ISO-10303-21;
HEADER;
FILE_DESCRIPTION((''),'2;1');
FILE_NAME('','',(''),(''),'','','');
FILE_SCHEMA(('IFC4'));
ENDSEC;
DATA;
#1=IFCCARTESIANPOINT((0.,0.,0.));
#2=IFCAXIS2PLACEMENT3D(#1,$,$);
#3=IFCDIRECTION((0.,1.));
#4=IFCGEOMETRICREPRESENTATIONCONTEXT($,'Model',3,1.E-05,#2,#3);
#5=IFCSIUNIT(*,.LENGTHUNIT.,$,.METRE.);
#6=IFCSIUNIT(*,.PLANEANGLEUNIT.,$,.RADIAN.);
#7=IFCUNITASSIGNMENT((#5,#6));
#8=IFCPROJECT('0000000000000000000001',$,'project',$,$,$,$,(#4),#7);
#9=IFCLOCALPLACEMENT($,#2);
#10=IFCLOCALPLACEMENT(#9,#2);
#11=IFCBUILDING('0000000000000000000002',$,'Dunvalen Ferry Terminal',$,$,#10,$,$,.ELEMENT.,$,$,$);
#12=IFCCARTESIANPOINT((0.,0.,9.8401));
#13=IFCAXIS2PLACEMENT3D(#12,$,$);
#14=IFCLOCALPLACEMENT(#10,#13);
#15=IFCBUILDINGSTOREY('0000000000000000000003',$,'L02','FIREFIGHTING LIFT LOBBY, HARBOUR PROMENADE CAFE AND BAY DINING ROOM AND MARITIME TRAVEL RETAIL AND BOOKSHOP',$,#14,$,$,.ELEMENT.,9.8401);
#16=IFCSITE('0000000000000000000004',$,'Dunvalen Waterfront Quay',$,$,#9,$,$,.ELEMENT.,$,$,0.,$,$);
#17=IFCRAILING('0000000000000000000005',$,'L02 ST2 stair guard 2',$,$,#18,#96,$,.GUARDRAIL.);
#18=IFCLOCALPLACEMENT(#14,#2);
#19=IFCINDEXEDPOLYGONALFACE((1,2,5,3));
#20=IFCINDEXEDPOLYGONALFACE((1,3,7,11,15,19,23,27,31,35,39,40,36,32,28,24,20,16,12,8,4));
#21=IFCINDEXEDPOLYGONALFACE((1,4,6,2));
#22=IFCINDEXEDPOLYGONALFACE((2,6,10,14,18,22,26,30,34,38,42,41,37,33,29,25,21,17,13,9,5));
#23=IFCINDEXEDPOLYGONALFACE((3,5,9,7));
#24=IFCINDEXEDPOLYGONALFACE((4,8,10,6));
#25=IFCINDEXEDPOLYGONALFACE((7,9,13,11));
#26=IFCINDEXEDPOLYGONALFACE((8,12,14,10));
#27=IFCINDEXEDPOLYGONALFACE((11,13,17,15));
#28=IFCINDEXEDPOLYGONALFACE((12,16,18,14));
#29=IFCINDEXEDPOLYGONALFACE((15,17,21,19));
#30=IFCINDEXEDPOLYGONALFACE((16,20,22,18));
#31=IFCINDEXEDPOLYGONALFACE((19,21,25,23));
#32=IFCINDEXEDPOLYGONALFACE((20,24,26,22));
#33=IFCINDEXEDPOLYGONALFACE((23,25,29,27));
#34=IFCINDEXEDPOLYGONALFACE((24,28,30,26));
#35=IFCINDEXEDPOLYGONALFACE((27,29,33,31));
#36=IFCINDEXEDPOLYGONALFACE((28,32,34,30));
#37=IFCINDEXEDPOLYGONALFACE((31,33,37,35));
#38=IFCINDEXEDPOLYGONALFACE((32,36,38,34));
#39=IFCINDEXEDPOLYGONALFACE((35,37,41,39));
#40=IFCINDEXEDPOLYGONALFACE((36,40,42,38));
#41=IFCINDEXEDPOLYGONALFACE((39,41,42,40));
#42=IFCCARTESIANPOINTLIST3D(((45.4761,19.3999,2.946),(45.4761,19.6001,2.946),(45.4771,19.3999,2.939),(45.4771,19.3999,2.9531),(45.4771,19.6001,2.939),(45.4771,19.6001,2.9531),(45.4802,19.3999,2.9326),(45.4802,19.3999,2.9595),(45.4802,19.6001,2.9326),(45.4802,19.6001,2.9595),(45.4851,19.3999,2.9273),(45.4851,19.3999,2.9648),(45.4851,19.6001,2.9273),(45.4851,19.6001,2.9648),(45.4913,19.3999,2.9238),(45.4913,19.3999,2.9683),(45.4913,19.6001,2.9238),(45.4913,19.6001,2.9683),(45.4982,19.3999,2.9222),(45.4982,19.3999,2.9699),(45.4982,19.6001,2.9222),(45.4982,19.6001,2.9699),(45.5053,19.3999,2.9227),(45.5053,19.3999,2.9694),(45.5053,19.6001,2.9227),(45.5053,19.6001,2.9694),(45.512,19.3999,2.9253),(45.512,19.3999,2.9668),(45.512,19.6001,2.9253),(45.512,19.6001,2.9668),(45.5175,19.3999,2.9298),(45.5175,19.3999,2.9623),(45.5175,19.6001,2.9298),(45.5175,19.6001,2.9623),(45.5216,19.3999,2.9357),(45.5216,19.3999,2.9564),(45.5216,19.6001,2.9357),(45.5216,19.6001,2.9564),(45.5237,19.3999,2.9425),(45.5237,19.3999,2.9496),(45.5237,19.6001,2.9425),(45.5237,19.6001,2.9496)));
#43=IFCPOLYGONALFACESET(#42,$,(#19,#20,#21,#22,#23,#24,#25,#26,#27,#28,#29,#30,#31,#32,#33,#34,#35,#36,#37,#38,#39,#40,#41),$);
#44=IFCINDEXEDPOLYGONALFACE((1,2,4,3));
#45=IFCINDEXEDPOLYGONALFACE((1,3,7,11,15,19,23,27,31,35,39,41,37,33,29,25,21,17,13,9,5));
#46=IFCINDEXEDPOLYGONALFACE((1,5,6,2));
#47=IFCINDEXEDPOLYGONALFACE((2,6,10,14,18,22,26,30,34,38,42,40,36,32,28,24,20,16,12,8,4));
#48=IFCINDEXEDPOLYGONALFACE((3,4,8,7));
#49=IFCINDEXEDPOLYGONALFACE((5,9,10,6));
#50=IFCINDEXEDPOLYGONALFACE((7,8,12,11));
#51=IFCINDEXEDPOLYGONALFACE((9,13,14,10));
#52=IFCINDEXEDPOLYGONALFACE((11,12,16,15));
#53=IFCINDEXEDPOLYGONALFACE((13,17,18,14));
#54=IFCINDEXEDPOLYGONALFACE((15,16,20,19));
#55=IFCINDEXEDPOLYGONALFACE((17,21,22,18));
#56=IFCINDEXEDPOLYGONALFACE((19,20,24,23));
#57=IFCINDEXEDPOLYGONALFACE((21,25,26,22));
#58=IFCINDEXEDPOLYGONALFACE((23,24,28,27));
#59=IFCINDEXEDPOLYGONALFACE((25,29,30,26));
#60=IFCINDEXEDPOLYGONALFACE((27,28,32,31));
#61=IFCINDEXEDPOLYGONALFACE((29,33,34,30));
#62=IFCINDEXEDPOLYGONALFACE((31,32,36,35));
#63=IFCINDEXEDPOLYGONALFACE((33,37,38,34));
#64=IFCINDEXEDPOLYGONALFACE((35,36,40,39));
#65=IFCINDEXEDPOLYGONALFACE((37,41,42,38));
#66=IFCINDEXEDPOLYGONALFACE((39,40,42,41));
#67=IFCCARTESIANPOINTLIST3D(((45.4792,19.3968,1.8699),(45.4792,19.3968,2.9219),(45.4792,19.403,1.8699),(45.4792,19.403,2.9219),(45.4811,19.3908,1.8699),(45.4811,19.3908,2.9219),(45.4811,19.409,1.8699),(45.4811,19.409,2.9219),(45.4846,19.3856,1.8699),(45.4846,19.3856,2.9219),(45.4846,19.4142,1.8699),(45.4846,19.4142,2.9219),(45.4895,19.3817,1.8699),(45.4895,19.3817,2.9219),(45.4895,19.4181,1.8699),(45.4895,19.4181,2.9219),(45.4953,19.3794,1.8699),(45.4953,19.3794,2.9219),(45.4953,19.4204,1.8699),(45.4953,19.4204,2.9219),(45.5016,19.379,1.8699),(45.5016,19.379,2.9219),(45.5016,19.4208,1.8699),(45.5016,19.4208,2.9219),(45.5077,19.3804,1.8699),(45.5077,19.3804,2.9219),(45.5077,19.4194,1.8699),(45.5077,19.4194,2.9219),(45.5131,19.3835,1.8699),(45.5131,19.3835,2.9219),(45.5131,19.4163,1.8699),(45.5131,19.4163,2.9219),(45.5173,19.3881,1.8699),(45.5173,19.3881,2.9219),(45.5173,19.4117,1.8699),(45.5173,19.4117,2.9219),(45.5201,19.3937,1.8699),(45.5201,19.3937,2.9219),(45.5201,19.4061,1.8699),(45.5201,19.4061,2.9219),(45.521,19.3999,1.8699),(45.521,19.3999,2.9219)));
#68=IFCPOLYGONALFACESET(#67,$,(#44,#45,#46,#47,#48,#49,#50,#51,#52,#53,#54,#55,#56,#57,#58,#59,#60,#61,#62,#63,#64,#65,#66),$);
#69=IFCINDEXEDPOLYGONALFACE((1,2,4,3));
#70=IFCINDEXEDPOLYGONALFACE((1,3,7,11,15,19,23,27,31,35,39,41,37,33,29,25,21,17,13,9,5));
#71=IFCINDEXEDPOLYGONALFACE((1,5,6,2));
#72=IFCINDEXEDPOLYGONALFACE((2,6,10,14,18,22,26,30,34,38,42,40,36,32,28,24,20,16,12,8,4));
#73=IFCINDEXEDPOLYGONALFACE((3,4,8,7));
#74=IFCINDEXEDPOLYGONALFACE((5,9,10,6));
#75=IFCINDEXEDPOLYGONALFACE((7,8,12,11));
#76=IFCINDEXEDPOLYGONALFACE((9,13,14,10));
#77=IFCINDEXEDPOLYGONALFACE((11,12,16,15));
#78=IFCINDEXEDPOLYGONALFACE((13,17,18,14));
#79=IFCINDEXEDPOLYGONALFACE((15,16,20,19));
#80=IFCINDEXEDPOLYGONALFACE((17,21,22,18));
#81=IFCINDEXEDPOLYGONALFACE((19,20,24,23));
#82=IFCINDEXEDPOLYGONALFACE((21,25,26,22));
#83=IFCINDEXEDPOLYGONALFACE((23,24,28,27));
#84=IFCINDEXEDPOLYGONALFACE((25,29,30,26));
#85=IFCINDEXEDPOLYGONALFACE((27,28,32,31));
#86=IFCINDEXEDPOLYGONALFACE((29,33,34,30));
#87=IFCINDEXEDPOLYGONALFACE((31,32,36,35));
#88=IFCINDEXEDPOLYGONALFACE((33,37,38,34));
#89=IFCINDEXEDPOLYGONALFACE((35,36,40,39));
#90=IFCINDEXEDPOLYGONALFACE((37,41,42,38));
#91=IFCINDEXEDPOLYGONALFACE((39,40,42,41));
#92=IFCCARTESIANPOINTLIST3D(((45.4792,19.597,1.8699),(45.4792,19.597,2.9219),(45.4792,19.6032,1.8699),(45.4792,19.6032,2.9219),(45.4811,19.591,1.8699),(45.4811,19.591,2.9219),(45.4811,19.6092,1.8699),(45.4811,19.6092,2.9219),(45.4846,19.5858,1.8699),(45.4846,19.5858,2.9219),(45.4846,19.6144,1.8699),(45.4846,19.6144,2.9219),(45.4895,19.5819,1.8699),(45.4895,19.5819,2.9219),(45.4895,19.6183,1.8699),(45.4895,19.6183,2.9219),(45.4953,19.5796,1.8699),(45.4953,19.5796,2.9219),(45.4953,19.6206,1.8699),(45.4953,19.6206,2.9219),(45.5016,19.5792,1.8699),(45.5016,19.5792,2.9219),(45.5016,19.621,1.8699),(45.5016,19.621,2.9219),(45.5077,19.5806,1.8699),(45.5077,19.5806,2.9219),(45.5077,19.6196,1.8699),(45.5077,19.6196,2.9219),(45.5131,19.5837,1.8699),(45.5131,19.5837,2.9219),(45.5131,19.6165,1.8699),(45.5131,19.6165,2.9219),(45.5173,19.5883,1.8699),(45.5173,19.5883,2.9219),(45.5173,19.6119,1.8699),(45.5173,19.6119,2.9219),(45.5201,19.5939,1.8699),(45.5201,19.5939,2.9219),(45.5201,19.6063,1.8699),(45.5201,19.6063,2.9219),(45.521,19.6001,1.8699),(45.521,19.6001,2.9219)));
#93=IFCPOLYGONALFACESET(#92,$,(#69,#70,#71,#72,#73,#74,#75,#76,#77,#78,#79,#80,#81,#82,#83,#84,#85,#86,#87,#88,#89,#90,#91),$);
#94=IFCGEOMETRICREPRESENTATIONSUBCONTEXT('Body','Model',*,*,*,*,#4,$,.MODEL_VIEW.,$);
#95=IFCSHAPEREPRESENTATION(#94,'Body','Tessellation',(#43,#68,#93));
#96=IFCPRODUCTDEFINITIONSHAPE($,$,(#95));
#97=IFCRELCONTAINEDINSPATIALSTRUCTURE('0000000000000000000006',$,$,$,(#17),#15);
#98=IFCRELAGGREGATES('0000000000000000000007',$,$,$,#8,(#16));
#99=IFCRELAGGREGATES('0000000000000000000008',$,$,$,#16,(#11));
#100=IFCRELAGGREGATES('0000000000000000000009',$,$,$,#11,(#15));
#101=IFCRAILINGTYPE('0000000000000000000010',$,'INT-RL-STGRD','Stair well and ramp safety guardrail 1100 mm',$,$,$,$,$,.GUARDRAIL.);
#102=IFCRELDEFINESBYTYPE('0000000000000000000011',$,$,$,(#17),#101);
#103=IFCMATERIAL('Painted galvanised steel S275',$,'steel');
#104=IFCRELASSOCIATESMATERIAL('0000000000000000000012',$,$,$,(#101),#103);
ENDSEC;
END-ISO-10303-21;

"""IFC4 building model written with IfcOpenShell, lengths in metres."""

from ifc_helpers import new_model, si_unit, direction, frame, origin, origin_2d, place, context, subcontext, project, spatial, circle, extrude, material, type_object, element, save


model = new_model("IFC4")

# Units and contexts
model_context = context("Model", 3, precision=1e-05, world=origin(), true_north=direction((0.0, 1.0)))
body_context = subcontext(model_context, "Body", "Model", "MODEL_VIEW")
ifc_project = project(units=[si_unit("LENGTHUNIT", "METRE"), si_unit("PLANEANGLEUNIT", "RADIAN")], contexts=[model_context])

# Site, building, storey
site_placement = place(None, origin())
site = spatial("IfcSite", under=ifc_project, at=site_placement, Name="Dunvalen Waterfront Quay", CompositionType="ELEMENT", RefElevation=0.0)
building_placement = place(site_placement, origin())
building = spatial("IfcBuilding", under=site, at=building_placement, Name="Dunvalen Ferry Terminal", CompositionType="ELEMENT")
storey_placement = place(building_placement, frame((0.0, 0.0, 9.8401)))
storey = spatial("IfcBuildingStorey", under=building, at=storey_placement, Name="L02", Description="FIREFIGHTING LIFT LOBBY, HARBOUR PROMENADE CAFE AND BAY DINING ROOM AND MARITIME TRAVEL RETAIL AND BOOKSHOP", CompositionType="ELEMENT", Elevation=9.8401)

# Railing
ifc_material_1 = material(Name="Painted galvanised steel S275", Category="steel")
railing_type = type_object("IfcRailingType", Name="INT-RL-STGRD", Description="Stair well and ramp safety guardrail 1100 mm", PredefinedType="GUARDRAIL", material=ifc_material_1)
railing_1_placement = place(storey_placement, frame((45.5, 19.3999, 1.8699)))
element("IfcRailing", 1, at=railing_1_placement, inside=storey, type_object=railing_type, Name="L02 ST2 stair guard 2", PredefinedType="GUARDRAIL", context=body_context, shape_type="SweptSolid", body=[
    extrude(circle(Radius=0.0239, at=origin_2d()), frame((0.0, 0.0, 1.0762), z_axis=(0.0, 1.0, 0.0), x_axis=(-1.0, 0.0, 0.0)), (0.0, 0.0, 1.0), 0.2002),
    extrude(circle(Radius=0.021, at=origin_2d()), origin(), (0.0, 0.0, 1.0), 1.052),
    extrude(circle(Radius=0.021, at=origin_2d()), frame((0.0, 0.2002, 0.0)), (0.0, 0.0, 1.0), 1.052),
])

save(model, "model.ifc")
